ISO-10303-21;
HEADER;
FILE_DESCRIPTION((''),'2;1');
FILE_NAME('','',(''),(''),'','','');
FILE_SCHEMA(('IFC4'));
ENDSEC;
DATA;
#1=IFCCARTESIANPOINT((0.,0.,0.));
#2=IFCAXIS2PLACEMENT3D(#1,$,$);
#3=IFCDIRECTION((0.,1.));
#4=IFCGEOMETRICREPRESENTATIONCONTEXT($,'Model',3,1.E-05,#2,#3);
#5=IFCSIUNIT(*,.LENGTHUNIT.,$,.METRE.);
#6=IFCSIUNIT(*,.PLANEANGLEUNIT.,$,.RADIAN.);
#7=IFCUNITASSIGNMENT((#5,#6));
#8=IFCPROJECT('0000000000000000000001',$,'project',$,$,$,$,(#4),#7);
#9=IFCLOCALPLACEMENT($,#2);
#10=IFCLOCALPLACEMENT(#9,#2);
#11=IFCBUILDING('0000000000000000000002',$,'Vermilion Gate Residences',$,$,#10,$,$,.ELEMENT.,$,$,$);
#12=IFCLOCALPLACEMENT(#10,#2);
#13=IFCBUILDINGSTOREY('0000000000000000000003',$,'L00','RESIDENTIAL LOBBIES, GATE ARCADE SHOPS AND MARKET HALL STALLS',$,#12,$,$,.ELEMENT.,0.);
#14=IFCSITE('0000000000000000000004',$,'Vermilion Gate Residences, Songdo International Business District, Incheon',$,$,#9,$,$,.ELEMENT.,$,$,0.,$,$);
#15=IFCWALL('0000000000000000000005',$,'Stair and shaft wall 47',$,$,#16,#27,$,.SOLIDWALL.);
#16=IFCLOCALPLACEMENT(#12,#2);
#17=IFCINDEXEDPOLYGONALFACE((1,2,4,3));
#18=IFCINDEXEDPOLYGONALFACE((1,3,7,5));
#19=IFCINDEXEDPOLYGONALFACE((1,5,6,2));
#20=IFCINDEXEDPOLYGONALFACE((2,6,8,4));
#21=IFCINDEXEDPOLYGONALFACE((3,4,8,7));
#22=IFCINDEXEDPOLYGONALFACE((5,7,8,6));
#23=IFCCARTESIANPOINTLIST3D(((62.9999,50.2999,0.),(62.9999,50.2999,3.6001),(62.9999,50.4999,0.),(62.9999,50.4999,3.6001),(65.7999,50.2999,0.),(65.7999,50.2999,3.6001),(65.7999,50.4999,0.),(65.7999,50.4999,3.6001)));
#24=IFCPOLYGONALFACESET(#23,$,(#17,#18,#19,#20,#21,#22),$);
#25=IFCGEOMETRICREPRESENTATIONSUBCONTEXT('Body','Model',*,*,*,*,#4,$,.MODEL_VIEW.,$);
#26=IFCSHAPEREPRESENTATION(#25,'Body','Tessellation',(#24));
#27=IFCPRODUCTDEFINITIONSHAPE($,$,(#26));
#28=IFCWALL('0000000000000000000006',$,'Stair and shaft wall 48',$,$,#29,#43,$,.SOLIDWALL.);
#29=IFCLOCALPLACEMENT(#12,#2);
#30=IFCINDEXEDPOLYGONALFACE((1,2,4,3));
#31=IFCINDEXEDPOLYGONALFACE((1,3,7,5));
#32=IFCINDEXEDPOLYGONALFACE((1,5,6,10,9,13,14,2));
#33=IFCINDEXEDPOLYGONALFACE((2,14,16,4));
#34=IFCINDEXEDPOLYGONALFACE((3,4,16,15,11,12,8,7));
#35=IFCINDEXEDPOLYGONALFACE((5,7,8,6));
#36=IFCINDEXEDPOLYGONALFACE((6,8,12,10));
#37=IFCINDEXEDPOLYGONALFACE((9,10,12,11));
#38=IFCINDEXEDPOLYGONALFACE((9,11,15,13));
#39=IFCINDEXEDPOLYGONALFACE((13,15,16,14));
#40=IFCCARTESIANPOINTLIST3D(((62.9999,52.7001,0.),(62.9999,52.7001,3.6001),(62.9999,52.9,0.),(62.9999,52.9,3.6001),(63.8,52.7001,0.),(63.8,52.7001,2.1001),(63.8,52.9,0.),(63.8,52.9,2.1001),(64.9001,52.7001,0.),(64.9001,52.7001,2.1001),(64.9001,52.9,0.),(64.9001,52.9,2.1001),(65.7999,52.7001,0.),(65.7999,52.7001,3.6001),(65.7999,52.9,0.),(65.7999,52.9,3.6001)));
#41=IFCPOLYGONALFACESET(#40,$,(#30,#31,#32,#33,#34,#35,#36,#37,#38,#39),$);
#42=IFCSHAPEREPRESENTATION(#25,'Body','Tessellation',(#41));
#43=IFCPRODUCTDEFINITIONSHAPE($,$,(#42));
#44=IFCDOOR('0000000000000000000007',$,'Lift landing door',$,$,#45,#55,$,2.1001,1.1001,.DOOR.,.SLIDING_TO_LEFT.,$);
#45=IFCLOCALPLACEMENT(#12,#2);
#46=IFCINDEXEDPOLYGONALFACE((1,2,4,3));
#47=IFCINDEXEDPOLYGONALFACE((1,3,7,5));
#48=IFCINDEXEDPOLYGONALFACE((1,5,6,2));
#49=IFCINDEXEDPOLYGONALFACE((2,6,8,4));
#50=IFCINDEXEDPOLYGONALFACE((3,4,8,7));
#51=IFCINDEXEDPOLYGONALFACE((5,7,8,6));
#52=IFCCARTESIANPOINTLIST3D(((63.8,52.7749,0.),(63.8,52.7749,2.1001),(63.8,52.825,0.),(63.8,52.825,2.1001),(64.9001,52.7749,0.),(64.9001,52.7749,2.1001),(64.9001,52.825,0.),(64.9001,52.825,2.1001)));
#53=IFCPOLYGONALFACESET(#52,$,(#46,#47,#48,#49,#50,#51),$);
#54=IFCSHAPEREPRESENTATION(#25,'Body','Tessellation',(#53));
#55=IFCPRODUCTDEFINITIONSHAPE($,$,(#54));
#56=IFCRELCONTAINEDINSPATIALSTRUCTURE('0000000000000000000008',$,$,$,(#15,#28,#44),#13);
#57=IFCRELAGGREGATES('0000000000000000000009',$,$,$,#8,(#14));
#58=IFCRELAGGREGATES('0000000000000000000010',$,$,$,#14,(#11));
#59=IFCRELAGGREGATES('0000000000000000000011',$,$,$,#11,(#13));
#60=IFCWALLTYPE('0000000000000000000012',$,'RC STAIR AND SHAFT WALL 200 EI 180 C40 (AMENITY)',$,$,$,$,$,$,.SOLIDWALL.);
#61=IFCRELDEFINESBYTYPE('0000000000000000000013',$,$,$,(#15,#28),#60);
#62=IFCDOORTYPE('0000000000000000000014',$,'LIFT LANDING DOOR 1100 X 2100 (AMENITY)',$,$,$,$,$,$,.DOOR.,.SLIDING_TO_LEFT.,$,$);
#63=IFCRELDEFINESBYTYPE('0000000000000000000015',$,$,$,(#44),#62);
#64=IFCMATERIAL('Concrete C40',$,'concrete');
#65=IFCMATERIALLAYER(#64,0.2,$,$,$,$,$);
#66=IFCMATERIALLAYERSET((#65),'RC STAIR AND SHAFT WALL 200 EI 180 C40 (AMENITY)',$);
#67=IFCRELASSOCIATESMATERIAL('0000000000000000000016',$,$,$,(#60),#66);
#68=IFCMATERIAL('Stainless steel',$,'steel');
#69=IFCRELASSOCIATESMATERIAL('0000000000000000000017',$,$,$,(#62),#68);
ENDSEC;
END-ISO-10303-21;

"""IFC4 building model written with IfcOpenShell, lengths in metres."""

from ifc_helpers import new_model, si_unit, direction, frame, frame_2d, origin, place, context, subcontext, project, spatial, rectangle, extrude, material, layer, layer_set, type_object, element, fill, save


model = new_model("IFC4")

# Units and contexts
model_context = context("Model", 3, precision=1e-05, world=origin(), true_north=direction((0.0, 1.0)))
body_context = subcontext(model_context, "Body", "Model", "MODEL_VIEW")
ifc_project = project(units=[si_unit("LENGTHUNIT", "METRE"), si_unit("PLANEANGLEUNIT", "RADIAN")], contexts=[model_context])

# Site, building, storey
site_placement = place(None, origin())
site = spatial("IfcSite", under=ifc_project, at=site_placement, Name="Vermilion Gate Residences, Songdo International Business District, Incheon", CompositionType="ELEMENT", RefElevation=0.0)
building_placement = place(site_placement, origin())
building = spatial("IfcBuilding", under=site, at=building_placement, Name="Vermilion Gate Residences", CompositionType="ELEMENT")
storey_placement = place(building_placement, origin())
storey = spatial("IfcBuildingStorey", under=building, at=storey_placement, Name="L00", Description="RESIDENTIAL LOBBIES, GATE ARCADE SHOPS AND MARKET HALL STALLS", CompositionType="ELEMENT", Elevation=0.0)

# Shared definitions
ifc_material_1 = material(Name="Concrete C40", Category="concrete")
ifc_layer = layer(ifc_material_1, 0.2)
ifc_layer_set = layer_set([ifc_layer], Name="RC STAIR AND SHAFT WALL 200 EI 180 C40 (AMENITY)")
wall_type = type_object("IfcWallType", Name="RC STAIR AND SHAFT WALL 200 EI 180 C40 (AMENITY)", PredefinedType="SOLIDWALL", material=ifc_layer_set)

# Shared definitions
ifc_material_2 = material(Name="Stainless steel", Category="steel")
door_type_1 = type_object("IfcDoorType", Name="LIFT LANDING DOOR 1100 X 2100 (AMENITY)", OperationType="SLIDING_TO_LEFT", PredefinedType="DOOR", material=ifc_material_2)

# Wall
wall_1_placement = place(storey_placement, frame((63.0, 50.3999, 0.0), z_axis=(0.0, 0.0, 1.0), x_axis=(1.0, 0.0, 0.0)))
element("IfcWall", 1, at=wall_1_placement, inside=storey, type_object=wall_type, Name="Stair and shaft wall 47", PredefinedType="SOLIDWALL", context=body_context, shape_type="SweptSolid", body=[
    extrude(rectangle(XDim=2.8, YDim=0.2, at=frame_2d((1.3999, 0.0))), origin(), (0.0, 0.0, 1.0), 3.6001),
])

# Wall, opening, door
wall_2_placement = place(storey_placement, frame((63.0, 52.8, 0.0), z_axis=(0.0, 0.0, 1.0), x_axis=(1.0, 0.0, 0.0)))
wall_2 = element("IfcWall", 2, at=wall_2_placement, inside=storey, type_object=wall_type, Name="Stair and shaft wall 48", PredefinedType="SOLIDWALL", context=body_context, shape_type="SweptSolid", body=[
    extrude(rectangle(XDim=2.8, YDim=0.2, at=frame_2d((1.3999, 0.0))), origin(), (0.0, 0.0, 1.0), 3.6001),
])
opening_1_placement = place(wall_2_placement, frame((0.8, 0.0, 0.0)))
opening_1 = element("IfcOpeningElement", 3, at=opening_1_placement, cuts=wall_2, PredefinedType="OPENING", context=body_context, shape_type="SweptSolid", body=[
    extrude(rectangle(XDim=1.1001, YDim=2.1001, at=frame_2d((0.55, 1.05))), frame((0.0, 0.1099, 0.0), z_axis=(0.0, -1.0, 0.0), x_axis=(1.0, 0.0, 0.0)), (0.0, 0.0, 1.0), 0.22),
])
door_1_placement = place(opening_1_placement, origin())
door_1 = element("IfcDoor", 4, at=door_1_placement, inside=storey, type_object=door_type_1, Name="Lift landing door", OperationType="SLIDING_TO_LEFT", OverallHeight=2.1001, OverallWidth=1.1001, PredefinedType="DOOR", context=body_context, shape_type="SweptSolid", body=[
    extrude(rectangle(XDim=1.1001, YDim=2.1001, at=frame_2d((0.55, 1.05))), frame((0.0, 0.0249, 0.0), z_axis=(0.0, -1.0, 0.0), x_axis=(1.0, 0.0, 0.0)), (0.0, 0.0, 1.0), 0.05),
])
fill(opening_1, door_1)

save(model, "model.ifc")
